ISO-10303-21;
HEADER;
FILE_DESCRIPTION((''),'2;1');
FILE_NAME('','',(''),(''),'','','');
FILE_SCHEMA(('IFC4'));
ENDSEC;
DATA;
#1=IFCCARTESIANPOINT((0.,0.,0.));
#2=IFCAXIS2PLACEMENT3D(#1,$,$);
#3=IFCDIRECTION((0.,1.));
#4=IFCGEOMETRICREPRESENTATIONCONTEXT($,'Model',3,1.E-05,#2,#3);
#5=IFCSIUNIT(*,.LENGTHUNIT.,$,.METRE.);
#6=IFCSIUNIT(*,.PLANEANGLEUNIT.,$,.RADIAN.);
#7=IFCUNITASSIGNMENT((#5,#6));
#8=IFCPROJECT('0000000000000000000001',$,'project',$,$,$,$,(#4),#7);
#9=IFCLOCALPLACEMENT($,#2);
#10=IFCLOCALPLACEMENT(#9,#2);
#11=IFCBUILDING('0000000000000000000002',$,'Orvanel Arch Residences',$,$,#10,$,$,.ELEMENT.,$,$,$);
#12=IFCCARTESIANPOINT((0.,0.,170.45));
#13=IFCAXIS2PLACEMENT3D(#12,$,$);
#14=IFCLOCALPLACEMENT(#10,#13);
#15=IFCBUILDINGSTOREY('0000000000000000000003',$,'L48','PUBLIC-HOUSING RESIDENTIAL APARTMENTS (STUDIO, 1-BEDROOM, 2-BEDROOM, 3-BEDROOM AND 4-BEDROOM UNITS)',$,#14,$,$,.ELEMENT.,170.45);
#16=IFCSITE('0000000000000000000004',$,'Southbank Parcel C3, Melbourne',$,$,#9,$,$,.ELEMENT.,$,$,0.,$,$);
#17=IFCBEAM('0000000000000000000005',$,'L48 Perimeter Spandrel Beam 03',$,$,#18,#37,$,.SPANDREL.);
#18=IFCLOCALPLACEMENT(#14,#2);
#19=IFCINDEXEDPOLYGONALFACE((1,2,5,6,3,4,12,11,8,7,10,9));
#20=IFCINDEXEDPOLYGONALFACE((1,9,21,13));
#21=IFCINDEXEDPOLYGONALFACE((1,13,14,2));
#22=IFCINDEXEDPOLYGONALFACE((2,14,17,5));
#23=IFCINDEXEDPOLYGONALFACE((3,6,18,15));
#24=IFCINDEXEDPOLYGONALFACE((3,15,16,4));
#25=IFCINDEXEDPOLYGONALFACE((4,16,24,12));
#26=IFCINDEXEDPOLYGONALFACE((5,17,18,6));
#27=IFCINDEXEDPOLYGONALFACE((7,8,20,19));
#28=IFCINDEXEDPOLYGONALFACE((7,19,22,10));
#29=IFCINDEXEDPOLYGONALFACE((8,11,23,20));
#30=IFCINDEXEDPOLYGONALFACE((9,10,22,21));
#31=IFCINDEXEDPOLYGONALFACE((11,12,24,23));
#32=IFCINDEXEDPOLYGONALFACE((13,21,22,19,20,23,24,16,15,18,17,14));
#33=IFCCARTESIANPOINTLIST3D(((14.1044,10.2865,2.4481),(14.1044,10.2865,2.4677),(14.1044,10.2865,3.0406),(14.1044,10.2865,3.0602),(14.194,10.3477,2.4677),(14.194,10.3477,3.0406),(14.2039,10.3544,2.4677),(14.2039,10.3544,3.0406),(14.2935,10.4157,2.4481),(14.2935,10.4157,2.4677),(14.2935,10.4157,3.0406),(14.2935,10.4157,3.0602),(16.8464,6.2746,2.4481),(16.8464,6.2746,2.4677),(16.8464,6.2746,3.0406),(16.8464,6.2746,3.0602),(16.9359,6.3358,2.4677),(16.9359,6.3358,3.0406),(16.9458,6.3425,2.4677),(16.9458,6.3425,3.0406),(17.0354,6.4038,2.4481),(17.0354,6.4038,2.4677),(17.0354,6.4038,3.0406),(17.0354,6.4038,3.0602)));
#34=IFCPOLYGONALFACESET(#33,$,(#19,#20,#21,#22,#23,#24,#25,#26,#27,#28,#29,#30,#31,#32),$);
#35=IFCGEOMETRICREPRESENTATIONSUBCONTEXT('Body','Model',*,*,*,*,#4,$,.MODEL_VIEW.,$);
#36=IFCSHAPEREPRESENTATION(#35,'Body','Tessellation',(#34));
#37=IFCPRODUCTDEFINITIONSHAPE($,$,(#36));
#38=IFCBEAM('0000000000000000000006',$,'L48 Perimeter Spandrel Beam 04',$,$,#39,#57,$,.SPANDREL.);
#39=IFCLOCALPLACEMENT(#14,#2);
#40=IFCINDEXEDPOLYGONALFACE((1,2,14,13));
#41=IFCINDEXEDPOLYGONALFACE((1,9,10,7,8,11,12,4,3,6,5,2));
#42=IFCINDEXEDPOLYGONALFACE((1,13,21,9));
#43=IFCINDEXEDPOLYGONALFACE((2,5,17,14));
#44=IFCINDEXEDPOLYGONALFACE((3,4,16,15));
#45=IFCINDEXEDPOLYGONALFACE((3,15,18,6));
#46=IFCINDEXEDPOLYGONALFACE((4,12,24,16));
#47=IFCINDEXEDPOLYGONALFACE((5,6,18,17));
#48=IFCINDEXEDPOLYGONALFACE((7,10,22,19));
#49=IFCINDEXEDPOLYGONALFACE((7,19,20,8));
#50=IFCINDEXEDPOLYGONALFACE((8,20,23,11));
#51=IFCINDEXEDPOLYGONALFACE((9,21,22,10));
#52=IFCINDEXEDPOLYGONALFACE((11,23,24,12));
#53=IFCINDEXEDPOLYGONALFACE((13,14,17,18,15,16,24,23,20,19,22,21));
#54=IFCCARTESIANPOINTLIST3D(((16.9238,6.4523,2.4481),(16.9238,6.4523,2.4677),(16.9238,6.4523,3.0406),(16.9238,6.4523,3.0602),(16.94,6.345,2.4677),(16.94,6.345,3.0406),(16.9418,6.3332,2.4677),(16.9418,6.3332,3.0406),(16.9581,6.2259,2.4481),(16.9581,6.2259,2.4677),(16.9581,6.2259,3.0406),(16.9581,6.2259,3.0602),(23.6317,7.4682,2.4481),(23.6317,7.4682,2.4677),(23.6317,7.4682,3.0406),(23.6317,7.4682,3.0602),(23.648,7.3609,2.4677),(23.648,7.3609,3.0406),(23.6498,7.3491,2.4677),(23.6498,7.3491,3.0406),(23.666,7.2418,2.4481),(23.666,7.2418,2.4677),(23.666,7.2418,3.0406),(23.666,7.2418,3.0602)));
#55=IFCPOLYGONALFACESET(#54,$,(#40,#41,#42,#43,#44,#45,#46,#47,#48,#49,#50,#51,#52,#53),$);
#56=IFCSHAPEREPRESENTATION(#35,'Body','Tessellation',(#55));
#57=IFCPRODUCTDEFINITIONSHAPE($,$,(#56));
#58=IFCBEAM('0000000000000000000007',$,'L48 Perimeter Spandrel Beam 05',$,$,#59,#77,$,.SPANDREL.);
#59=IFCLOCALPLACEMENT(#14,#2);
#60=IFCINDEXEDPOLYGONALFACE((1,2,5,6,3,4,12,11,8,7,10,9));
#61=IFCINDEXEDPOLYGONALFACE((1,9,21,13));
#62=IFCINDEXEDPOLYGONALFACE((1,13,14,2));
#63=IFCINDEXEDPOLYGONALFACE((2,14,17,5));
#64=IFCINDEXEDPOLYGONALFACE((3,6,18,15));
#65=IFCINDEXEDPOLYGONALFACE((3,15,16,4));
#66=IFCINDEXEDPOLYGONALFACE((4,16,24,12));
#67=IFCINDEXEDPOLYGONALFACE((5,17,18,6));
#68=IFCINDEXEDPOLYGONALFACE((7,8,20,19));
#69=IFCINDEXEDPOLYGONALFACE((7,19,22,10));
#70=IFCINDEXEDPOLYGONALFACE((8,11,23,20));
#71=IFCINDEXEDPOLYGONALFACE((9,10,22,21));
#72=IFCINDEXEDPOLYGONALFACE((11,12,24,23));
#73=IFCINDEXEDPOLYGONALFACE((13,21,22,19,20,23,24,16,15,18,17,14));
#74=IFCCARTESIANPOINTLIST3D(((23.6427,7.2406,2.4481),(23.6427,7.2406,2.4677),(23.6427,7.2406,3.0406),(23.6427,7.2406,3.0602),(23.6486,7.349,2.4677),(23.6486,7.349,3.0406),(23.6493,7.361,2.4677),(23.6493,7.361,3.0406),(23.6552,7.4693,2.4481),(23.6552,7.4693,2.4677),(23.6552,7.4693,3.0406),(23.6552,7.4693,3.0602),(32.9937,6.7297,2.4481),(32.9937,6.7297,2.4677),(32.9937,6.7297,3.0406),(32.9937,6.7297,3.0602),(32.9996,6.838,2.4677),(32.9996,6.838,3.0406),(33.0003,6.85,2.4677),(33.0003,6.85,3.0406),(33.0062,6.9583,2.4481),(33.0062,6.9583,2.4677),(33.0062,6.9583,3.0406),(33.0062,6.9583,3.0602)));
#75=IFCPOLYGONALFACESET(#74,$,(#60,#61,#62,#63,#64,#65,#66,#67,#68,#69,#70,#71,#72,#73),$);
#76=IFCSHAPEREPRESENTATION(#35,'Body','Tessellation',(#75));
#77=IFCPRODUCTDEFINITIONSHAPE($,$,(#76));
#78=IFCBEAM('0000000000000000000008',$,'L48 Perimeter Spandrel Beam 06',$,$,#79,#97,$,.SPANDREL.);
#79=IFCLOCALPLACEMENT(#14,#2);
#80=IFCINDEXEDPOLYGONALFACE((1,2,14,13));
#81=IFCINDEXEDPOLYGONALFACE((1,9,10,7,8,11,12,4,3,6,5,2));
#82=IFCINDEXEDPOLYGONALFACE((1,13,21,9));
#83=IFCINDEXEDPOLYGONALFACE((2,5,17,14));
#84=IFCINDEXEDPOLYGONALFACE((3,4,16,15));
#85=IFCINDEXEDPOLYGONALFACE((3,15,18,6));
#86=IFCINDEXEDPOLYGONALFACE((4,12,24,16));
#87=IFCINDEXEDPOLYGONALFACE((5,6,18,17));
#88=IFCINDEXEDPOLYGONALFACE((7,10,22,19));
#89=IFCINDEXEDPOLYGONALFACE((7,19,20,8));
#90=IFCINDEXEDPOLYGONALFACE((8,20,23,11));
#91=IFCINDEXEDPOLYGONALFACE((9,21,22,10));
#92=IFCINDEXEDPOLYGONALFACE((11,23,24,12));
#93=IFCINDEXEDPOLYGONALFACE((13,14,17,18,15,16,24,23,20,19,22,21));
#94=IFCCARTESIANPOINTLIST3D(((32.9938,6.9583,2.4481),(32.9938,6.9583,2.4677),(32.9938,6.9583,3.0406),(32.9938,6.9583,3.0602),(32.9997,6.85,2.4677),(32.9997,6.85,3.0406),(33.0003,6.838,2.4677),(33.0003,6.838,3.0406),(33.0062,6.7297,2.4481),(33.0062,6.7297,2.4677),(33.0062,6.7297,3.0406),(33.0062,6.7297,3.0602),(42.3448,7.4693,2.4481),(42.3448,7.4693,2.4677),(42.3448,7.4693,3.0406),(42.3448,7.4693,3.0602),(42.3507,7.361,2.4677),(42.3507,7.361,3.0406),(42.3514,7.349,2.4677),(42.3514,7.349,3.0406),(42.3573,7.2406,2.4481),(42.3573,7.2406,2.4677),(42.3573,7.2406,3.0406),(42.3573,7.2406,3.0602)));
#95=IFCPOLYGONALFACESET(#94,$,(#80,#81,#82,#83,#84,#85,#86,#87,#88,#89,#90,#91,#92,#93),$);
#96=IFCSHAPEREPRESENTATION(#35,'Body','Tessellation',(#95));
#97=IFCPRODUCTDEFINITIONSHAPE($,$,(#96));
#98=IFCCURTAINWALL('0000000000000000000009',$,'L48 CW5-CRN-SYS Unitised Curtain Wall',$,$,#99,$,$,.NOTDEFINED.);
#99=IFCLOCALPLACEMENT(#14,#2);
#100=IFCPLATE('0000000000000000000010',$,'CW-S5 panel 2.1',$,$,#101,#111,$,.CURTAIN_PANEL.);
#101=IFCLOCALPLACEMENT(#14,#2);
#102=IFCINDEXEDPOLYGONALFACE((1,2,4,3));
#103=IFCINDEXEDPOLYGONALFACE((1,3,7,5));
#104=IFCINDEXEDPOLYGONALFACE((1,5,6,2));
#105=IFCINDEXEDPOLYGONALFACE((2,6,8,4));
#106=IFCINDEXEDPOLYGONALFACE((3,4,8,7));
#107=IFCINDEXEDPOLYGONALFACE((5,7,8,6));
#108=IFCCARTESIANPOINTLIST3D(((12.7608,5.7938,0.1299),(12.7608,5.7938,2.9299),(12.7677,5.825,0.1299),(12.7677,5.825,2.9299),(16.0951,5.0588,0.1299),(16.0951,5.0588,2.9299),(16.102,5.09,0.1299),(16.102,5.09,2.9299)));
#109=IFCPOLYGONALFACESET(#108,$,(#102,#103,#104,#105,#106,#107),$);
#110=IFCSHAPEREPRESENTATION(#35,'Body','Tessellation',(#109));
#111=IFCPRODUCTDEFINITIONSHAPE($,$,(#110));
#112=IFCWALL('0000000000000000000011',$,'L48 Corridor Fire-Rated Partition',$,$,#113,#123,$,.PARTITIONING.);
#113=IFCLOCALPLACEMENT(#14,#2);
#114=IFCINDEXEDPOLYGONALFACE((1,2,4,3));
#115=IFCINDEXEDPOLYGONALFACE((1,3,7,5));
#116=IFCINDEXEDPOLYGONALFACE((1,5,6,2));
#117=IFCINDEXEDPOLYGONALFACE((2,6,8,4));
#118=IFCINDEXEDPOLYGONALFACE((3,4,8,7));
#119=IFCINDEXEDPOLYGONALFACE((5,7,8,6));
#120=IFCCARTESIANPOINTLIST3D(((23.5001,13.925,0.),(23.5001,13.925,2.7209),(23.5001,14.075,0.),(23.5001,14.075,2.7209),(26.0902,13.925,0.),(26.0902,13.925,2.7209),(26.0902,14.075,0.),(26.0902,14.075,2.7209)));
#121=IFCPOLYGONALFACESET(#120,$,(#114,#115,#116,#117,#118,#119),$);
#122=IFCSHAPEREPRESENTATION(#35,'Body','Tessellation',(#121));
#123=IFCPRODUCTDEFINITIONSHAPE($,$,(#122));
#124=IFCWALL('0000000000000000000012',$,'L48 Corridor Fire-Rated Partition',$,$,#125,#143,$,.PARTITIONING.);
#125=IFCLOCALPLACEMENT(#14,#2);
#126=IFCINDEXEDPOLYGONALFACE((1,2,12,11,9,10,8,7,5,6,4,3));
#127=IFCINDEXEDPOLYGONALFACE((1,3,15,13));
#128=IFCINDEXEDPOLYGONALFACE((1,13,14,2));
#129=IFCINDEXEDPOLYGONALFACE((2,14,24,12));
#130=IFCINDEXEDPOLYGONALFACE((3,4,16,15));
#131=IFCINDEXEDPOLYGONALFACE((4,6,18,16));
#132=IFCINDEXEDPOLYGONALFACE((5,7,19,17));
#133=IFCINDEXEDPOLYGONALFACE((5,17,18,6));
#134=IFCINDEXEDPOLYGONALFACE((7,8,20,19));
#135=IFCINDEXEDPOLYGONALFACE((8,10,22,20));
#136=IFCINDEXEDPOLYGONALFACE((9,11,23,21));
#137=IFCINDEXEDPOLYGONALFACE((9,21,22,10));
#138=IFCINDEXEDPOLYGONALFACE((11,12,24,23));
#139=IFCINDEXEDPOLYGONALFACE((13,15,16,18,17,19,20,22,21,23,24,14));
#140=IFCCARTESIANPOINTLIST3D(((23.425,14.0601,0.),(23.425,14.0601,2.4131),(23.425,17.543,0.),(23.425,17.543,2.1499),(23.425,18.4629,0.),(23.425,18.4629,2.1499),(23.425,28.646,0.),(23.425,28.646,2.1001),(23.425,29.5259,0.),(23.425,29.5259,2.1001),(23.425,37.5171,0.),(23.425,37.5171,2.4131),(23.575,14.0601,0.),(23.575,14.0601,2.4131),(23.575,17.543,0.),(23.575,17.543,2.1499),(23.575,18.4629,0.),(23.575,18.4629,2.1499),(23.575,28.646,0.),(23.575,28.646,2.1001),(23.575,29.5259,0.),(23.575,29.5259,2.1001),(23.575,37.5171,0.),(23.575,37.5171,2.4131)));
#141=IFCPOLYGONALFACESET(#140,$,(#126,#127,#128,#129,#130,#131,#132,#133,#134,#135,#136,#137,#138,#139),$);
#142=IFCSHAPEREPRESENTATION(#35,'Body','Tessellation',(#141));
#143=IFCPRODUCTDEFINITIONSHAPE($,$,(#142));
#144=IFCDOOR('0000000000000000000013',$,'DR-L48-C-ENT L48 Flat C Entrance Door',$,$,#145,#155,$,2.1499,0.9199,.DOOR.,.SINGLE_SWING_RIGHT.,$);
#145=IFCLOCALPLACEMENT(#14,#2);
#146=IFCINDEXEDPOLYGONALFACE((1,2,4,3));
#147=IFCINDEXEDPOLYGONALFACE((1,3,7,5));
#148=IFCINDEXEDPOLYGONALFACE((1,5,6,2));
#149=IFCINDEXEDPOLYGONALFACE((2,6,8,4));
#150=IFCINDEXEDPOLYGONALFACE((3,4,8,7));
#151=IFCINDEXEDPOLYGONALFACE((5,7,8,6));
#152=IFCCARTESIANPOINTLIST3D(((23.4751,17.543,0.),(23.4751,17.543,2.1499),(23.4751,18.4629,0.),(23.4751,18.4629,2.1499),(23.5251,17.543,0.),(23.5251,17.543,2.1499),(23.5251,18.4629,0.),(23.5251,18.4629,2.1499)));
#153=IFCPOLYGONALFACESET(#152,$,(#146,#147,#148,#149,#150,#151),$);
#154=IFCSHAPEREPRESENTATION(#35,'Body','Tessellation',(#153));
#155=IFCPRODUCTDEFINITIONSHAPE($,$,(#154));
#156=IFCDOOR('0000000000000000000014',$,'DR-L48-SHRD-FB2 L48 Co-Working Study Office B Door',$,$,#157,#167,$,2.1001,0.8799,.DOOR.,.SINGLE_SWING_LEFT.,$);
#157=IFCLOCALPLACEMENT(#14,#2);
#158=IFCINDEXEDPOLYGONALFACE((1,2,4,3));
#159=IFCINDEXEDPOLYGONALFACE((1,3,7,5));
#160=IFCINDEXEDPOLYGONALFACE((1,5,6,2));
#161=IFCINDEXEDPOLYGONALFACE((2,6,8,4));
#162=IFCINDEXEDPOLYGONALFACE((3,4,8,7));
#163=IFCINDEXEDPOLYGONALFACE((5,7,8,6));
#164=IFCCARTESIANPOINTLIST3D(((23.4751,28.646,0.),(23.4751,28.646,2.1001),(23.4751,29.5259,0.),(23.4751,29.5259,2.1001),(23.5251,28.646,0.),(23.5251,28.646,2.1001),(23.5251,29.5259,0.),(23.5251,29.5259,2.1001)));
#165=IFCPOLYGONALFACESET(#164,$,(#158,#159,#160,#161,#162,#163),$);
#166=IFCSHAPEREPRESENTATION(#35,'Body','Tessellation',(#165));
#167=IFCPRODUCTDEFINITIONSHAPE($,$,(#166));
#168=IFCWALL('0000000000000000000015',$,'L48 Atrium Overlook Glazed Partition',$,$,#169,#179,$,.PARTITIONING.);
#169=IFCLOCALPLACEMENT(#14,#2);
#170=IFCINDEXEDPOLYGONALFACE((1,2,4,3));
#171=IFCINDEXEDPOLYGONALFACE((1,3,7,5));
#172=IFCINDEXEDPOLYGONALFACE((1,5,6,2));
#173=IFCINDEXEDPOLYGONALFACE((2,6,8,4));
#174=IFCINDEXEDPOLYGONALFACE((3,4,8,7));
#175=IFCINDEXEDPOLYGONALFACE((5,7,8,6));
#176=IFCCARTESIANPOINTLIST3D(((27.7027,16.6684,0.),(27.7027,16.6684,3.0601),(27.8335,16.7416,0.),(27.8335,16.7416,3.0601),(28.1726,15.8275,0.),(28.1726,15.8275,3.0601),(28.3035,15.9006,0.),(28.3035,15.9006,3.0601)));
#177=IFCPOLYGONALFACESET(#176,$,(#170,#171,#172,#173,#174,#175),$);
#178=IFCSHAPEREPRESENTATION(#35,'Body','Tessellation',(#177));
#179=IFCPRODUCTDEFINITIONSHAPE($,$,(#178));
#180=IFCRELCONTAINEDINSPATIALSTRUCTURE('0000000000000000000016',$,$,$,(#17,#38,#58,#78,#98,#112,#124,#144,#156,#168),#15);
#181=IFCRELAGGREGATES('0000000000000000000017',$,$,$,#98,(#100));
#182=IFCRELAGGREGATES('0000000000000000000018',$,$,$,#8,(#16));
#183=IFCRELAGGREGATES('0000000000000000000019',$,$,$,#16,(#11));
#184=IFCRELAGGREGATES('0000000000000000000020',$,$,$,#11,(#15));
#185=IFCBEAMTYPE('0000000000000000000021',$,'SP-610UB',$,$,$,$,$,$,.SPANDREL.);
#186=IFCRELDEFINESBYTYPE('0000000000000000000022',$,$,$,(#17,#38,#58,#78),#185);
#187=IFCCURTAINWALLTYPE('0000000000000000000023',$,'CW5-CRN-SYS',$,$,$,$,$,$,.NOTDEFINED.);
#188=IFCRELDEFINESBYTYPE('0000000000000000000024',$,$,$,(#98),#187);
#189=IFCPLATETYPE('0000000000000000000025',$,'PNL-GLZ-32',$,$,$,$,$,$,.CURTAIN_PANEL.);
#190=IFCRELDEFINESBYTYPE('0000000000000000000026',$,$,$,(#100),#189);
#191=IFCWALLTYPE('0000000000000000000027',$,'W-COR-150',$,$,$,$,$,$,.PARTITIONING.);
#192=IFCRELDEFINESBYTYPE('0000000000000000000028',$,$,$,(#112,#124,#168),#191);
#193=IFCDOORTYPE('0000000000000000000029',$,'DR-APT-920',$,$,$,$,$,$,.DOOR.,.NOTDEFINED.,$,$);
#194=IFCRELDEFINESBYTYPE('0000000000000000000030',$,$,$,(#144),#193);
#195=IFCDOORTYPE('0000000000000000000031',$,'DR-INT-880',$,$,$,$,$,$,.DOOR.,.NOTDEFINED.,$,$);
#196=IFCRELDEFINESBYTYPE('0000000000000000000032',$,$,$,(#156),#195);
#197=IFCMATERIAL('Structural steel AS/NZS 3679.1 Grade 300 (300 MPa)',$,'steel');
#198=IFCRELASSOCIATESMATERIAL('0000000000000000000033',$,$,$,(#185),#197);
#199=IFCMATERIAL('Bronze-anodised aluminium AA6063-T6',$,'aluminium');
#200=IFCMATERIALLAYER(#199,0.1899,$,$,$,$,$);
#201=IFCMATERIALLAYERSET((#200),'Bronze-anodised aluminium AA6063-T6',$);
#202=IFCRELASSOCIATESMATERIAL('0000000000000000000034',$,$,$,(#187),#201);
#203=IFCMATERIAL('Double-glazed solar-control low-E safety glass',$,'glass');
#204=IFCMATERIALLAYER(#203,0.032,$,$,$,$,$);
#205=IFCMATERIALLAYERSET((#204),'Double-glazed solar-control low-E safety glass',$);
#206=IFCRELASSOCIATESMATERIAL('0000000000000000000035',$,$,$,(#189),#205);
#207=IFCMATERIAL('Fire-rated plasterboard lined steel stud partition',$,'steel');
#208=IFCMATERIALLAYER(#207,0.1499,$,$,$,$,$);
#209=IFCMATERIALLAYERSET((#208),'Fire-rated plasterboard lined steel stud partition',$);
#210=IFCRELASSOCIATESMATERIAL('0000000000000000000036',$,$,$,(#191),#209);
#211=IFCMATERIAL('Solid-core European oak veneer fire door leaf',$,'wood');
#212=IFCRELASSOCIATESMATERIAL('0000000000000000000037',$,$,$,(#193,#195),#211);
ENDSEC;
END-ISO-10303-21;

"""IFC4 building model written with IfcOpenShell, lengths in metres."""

from ifc_helpers import new_model, si_unit, direction, frame, frame_2d, origin, origin_2d, place, context, subcontext, project, spatial, rectangle, i_section, extrude, material, layer, layer_set, material_profile, profile_set, type_object, element, fill, aggregate, save


model = new_model("IFC4")

# Units and contexts
model_context = context("Model", 3, precision=1e-05, world=origin(), true_north=direction((0.0, 1.0)))
body_context = subcontext(model_context, "Body", "Model", "MODEL_VIEW")
ifc_project = project(units=[si_unit("LENGTHUNIT", "METRE"), si_unit("PLANEANGLEUNIT", "RADIAN")], contexts=[model_context])

# Site, building, storey
site_placement = place(None, origin())
site = spatial("IfcSite", under=ifc_project, at=site_placement, Name="Southbank Parcel C3, Melbourne", CompositionType="ELEMENT", RefElevation=0.0)
building_placement = place(site_placement, origin())
building = spatial("IfcBuilding", under=site, at=building_placement, Name="Orvanel Arch Residences", CompositionType="ELEMENT")
storey_placement = place(building_placement, frame((0.0, 0.0, 170.45)))
storey = spatial("IfcBuildingStorey", under=building, at=storey_placement, Name="L48", Description="PUBLIC-HOUSING RESIDENTIAL APARTMENTS (STUDIO, 1-BEDROOM, 2-BEDROOM, 3-BEDROOM AND 4-BEDROOM UNITS)", CompositionType="ELEMENT", Elevation=170.45)

# Beams
ifc_material_1 = material(Name="Structural steel AS/NZS 3679.1 Grade 300 (300 MPa)", Category="steel")
ifc_material_profile_1 = material_profile(ifc_material_1, i_section(OverallWidth=0.229, OverallDepth=0.6121, WebThickness=0.012, FlangeThickness=0.0195, at=origin_2d()), Name="610UB125")
ifc_profile_set_1 = profile_set([ifc_material_profile_1], Name="Structural steel AS/NZS 3679.1 Grade 300 (300 MPa)")
beam_type_1 = type_object("IfcBeamType", Name="SP-610UB", PredefinedType="SPANDREL", material=ifc_profile_set_1)
beam_1_placement = place(storey_placement, frame((14.199, 10.3511, 2.7542), z_axis=(0.564252, -0.825603, 0.0), x_axis=(0.825603, 0.564252, 0.0)))
element("IfcBeam", 1, at=beam_1_placement, inside=storey, type_object=beam_type_1, Name="L48 Perimeter Spandrel Beam 03", PredefinedType="SPANDREL", context=body_context, shape_type="SweptSolid", body=[
    extrude(i_section(OverallWidth=0.229, OverallDepth=0.6121, WebThickness=0.012, FlangeThickness=0.0195, at=origin_2d()), origin(), (0.0, 0.0, 1.0), 4.8594),
])
beam_2_placement = place(storey_placement, frame((16.9409, 6.3391, 2.7542), z_axis=(0.988726, 0.149734, 0.0), x_axis=(-0.149734, 0.988726, 0.0)))
element("IfcBeam", 2, at=beam_2_placement, inside=storey, type_object=beam_type_1, Name="L48 Perimeter Spandrel Beam 04", PredefinedType="SPANDREL", context=body_context, shape_type="SweptSolid", body=[
    extrude(i_section(OverallWidth=0.229, OverallDepth=0.6121, WebThickness=0.012, FlangeThickness=0.0195, at=origin_2d()), origin(), (0.0, 0.0, 1.0), 6.7844),
])
for number, where, z_axis, x_axis, name in (
    (3, (23.6489, 7.355, 2.7542), (0.99851, -0.054563, 0.0), (0.054563, 0.99851, 0.0), "L48 Perimeter Spandrel Beam 05"),
    (4, (33.0, 6.844, 2.7542), (0.99851, 0.054563, 0.0), (-0.054563, 0.99851, 0.0), "L48 Perimeter Spandrel Beam 06"),
):
    element("IfcBeam", number, at=place(storey_placement, frame(where, z_axis=z_axis, x_axis=x_axis)), inside=storey, type_object=beam_type_1, Name=name, PredefinedType="SPANDREL", context=body_context, shape_type="SweptSolid", body=[
        extrude(i_section(OverallWidth=0.229, OverallDepth=0.6121, WebThickness=0.012, FlangeThickness=0.0195, at=origin_2d()), origin(), (0.0, 0.0, 1.0), 9.365),
    ])

# Curtain wall, plate
ifc_material_2 = material(Name="Bronze-anodised aluminium AA6063-T6", Category="aluminium")
ifc_layer_1 = layer(ifc_material_2, 0.1899)
ifc_layer_set_1 = layer_set([ifc_layer_1], Name="Bronze-anodised aluminium AA6063-T6")
curtain_wall_type = type_object("IfcCurtainWallType", Name="CW5-CRN-SYS", PredefinedType="NOTDEFINED", material=ifc_layer_set_1)
curtain_wall_placement = place(storey_placement, origin())
curtain_wall = element("IfcCurtainWall", 5, at=curtain_wall_placement, inside=storey, type_object=curtain_wall_type, Name="L48 CW5-CRN-SYS Unitised Curtain Wall", PredefinedType="NOTDEFINED")
ifc_material_3 = material(Name="Double-glazed solar-control low-E safety glass", Category="glass")
ifc_layer_2 = layer(ifc_material_3, 0.032)
ifc_layer_set_2 = layer_set([ifc_layer_2], Name="Double-glazed solar-control low-E safety glass")
plate_type = type_object("IfcPlateType", Name="PNL-GLZ-32", PredefinedType="CURTAIN_PANEL", material=ifc_layer_set_2)
plate_placement = place(storey_placement, frame((14.4314, 5.4419, 0.1299), z_axis=(0.0, 0.0, 1.0), x_axis=(0.976551, -0.215286, 0.0)))
plate = element("IfcPlate", 6, at=plate_placement, type_object=plate_type, Name="CW-S5 panel 2.1", PredefinedType="CURTAIN_PANEL", context=body_context, shape_type="SweptSolid", body=[
    extrude(rectangle(XDim=3.4143, YDim=0.032, at=origin_2d()), origin(), (0.0, 0.0, 1.0), 2.8),
])
aggregate(curtain_wall, [plate])

# Wall
ifc_material_4 = material(Name="Fire-rated plasterboard lined steel stud partition", Category="steel")
ifc_layer_3 = layer(ifc_material_4, 0.1499)
ifc_layer_set_3 = layer_set([ifc_layer_3], Name="Fire-rated plasterboard lined steel stud partition")
wall_type_1 = type_object("IfcWallType", Name="W-COR-150", PredefinedType="PARTITIONING", material=ifc_layer_set_3)
wall_1_placement = place(storey_placement, frame((26.0901, 14.0, 0.0), z_axis=(0.0, 0.0, 1.0), x_axis=(-1.0, 0.0, 0.0)))
element("IfcWall", 7, at=wall_1_placement, inside=storey, type_object=wall_type_1, Name="L48 Corridor Fire-Rated Partition", PredefinedType="PARTITIONING", context=body_context, shape_type="SweptSolid", body=[
    extrude(rectangle(XDim=2.5901, YDim=0.1499, at=frame_2d((1.2949, 0.0))), origin(), (0.0, 0.0, 1.0), 2.7209),
])

# Wall, openings, doors
wall_2_placement = place(storey_placement, frame((23.5, 14.0601, 0.0), z_axis=(0.0, 0.0, 1.0), x_axis=(0.0, 1.0, 0.0)))
wall_2 = element("IfcWall", 8, at=wall_2_placement, inside=storey, type_object=wall_type_1, Name="L48 Corridor Fire-Rated Partition", PredefinedType="PARTITIONING", context=body_context, shape_type="SweptSolid", body=[
    extrude(rectangle(XDim=23.457, YDim=0.1499, at=frame_2d((11.7285, 0.0))), origin(), (0.0, 0.0, 1.0), 2.4131),
])
opening_1_placement = place(wall_2_placement, frame((14.5859, 0.0, 0.0)))
opening_1 = element("IfcOpeningElement", 9, at=opening_1_placement, cuts=wall_2, PredefinedType="OPENING", context=body_context, shape_type="SweptSolid", body=[
    extrude(rectangle(XDim=0.8799, YDim=2.1001, at=frame_2d((0.4399, 1.05))), frame((0.0, 0.085, 0.0), z_axis=(0.0, -1.0, 0.0), x_axis=(1.0, 0.0, 0.0)), (0.0, 0.0, 1.0), 0.1699),
])
opening_2_placement = place(wall_2_placement, frame((3.4829, 0.0, 0.0)))
opening_2 = element("IfcOpeningElement", 10, at=opening_2_placement, cuts=wall_2, PredefinedType="OPENING", context=body_context, shape_type="SweptSolid", body=[
    extrude(rectangle(XDim=0.9199, YDim=2.1499, at=frame_2d((0.46, 1.075))), frame((0.0, 0.085, 0.0), z_axis=(0.0, -1.0, 0.0), x_axis=(1.0, 0.0, 0.0)), (0.0, 0.0, 1.0), 0.1699),
])
ifc_material_5 = material(Name="Solid-core European oak veneer fire door leaf", Category="wood")
door_type_1 = type_object("IfcDoorType", Name="DR-APT-920", OperationType="NOTDEFINED", PredefinedType="DOOR", material=ifc_material_5)
door_1_placement = place(opening_2_placement, origin())
door_1 = element("IfcDoor", 11, at=door_1_placement, inside=storey, type_object=door_type_1, Name="DR-L48-C-ENT L48 Flat C Entrance Door", OperationType="SINGLE_SWING_RIGHT", OverallHeight=2.1499, OverallWidth=0.9199, PredefinedType="DOOR", context=body_context, shape_type="SweptSolid", body=[
    extrude(rectangle(XDim=0.9199, YDim=2.1499, at=frame_2d((0.46, 1.075))), frame((0.0, 0.0249, 0.0), z_axis=(0.0, -1.0, 0.0), x_axis=(1.0, 0.0, 0.0)), (0.0, 0.0, 1.0), 0.05),
])
fill(opening_2, door_1)
door_type_2 = type_object("IfcDoorType", Name="DR-INT-880", OperationType="NOTDEFINED", PredefinedType="DOOR", material=ifc_material_5)
door_2_placement = place(opening_1_placement, origin())
door_2 = element("IfcDoor", 12, at=door_2_placement, inside=storey, type_object=door_type_2, Name="DR-L48-SHRD-FB2 L48 Co-Working Study Office B Door", OperationType="SINGLE_SWING_LEFT", OverallHeight=2.1001, OverallWidth=0.8799, PredefinedType="DOOR", context=body_context, shape_type="SweptSolid", body=[
    extrude(rectangle(XDim=0.8799, YDim=2.1001, at=frame_2d((0.4399, 1.05))), frame((0.0, 0.0249, 0.0), z_axis=(0.0, -1.0, 0.0), x_axis=(1.0, 0.0, 0.0)), (0.0, 0.0, 1.0), 0.05),
])
fill(opening_1, door_2)

# Wall
wall_3_placement = place(storey_placement, frame((28.238, 15.864, 0.0), z_axis=(0.0, 0.0, 1.0), x_axis=(-0.487793, 0.872959, 0.0)))
element("IfcWall", 13, at=wall_3_placement, inside=storey, type_object=wall_type_1, Name="L48 Atrium Overlook Glazed Partition", PredefinedType="PARTITIONING", context=body_context, shape_type="SweptSolid", body=[
    extrude(rectangle(XDim=0.9634, YDim=0.1499, at=frame_2d((0.4817, 0.0))), origin(), (0.0, 0.0, 1.0), 3.0601),
])

save(model, "model.ifc")
